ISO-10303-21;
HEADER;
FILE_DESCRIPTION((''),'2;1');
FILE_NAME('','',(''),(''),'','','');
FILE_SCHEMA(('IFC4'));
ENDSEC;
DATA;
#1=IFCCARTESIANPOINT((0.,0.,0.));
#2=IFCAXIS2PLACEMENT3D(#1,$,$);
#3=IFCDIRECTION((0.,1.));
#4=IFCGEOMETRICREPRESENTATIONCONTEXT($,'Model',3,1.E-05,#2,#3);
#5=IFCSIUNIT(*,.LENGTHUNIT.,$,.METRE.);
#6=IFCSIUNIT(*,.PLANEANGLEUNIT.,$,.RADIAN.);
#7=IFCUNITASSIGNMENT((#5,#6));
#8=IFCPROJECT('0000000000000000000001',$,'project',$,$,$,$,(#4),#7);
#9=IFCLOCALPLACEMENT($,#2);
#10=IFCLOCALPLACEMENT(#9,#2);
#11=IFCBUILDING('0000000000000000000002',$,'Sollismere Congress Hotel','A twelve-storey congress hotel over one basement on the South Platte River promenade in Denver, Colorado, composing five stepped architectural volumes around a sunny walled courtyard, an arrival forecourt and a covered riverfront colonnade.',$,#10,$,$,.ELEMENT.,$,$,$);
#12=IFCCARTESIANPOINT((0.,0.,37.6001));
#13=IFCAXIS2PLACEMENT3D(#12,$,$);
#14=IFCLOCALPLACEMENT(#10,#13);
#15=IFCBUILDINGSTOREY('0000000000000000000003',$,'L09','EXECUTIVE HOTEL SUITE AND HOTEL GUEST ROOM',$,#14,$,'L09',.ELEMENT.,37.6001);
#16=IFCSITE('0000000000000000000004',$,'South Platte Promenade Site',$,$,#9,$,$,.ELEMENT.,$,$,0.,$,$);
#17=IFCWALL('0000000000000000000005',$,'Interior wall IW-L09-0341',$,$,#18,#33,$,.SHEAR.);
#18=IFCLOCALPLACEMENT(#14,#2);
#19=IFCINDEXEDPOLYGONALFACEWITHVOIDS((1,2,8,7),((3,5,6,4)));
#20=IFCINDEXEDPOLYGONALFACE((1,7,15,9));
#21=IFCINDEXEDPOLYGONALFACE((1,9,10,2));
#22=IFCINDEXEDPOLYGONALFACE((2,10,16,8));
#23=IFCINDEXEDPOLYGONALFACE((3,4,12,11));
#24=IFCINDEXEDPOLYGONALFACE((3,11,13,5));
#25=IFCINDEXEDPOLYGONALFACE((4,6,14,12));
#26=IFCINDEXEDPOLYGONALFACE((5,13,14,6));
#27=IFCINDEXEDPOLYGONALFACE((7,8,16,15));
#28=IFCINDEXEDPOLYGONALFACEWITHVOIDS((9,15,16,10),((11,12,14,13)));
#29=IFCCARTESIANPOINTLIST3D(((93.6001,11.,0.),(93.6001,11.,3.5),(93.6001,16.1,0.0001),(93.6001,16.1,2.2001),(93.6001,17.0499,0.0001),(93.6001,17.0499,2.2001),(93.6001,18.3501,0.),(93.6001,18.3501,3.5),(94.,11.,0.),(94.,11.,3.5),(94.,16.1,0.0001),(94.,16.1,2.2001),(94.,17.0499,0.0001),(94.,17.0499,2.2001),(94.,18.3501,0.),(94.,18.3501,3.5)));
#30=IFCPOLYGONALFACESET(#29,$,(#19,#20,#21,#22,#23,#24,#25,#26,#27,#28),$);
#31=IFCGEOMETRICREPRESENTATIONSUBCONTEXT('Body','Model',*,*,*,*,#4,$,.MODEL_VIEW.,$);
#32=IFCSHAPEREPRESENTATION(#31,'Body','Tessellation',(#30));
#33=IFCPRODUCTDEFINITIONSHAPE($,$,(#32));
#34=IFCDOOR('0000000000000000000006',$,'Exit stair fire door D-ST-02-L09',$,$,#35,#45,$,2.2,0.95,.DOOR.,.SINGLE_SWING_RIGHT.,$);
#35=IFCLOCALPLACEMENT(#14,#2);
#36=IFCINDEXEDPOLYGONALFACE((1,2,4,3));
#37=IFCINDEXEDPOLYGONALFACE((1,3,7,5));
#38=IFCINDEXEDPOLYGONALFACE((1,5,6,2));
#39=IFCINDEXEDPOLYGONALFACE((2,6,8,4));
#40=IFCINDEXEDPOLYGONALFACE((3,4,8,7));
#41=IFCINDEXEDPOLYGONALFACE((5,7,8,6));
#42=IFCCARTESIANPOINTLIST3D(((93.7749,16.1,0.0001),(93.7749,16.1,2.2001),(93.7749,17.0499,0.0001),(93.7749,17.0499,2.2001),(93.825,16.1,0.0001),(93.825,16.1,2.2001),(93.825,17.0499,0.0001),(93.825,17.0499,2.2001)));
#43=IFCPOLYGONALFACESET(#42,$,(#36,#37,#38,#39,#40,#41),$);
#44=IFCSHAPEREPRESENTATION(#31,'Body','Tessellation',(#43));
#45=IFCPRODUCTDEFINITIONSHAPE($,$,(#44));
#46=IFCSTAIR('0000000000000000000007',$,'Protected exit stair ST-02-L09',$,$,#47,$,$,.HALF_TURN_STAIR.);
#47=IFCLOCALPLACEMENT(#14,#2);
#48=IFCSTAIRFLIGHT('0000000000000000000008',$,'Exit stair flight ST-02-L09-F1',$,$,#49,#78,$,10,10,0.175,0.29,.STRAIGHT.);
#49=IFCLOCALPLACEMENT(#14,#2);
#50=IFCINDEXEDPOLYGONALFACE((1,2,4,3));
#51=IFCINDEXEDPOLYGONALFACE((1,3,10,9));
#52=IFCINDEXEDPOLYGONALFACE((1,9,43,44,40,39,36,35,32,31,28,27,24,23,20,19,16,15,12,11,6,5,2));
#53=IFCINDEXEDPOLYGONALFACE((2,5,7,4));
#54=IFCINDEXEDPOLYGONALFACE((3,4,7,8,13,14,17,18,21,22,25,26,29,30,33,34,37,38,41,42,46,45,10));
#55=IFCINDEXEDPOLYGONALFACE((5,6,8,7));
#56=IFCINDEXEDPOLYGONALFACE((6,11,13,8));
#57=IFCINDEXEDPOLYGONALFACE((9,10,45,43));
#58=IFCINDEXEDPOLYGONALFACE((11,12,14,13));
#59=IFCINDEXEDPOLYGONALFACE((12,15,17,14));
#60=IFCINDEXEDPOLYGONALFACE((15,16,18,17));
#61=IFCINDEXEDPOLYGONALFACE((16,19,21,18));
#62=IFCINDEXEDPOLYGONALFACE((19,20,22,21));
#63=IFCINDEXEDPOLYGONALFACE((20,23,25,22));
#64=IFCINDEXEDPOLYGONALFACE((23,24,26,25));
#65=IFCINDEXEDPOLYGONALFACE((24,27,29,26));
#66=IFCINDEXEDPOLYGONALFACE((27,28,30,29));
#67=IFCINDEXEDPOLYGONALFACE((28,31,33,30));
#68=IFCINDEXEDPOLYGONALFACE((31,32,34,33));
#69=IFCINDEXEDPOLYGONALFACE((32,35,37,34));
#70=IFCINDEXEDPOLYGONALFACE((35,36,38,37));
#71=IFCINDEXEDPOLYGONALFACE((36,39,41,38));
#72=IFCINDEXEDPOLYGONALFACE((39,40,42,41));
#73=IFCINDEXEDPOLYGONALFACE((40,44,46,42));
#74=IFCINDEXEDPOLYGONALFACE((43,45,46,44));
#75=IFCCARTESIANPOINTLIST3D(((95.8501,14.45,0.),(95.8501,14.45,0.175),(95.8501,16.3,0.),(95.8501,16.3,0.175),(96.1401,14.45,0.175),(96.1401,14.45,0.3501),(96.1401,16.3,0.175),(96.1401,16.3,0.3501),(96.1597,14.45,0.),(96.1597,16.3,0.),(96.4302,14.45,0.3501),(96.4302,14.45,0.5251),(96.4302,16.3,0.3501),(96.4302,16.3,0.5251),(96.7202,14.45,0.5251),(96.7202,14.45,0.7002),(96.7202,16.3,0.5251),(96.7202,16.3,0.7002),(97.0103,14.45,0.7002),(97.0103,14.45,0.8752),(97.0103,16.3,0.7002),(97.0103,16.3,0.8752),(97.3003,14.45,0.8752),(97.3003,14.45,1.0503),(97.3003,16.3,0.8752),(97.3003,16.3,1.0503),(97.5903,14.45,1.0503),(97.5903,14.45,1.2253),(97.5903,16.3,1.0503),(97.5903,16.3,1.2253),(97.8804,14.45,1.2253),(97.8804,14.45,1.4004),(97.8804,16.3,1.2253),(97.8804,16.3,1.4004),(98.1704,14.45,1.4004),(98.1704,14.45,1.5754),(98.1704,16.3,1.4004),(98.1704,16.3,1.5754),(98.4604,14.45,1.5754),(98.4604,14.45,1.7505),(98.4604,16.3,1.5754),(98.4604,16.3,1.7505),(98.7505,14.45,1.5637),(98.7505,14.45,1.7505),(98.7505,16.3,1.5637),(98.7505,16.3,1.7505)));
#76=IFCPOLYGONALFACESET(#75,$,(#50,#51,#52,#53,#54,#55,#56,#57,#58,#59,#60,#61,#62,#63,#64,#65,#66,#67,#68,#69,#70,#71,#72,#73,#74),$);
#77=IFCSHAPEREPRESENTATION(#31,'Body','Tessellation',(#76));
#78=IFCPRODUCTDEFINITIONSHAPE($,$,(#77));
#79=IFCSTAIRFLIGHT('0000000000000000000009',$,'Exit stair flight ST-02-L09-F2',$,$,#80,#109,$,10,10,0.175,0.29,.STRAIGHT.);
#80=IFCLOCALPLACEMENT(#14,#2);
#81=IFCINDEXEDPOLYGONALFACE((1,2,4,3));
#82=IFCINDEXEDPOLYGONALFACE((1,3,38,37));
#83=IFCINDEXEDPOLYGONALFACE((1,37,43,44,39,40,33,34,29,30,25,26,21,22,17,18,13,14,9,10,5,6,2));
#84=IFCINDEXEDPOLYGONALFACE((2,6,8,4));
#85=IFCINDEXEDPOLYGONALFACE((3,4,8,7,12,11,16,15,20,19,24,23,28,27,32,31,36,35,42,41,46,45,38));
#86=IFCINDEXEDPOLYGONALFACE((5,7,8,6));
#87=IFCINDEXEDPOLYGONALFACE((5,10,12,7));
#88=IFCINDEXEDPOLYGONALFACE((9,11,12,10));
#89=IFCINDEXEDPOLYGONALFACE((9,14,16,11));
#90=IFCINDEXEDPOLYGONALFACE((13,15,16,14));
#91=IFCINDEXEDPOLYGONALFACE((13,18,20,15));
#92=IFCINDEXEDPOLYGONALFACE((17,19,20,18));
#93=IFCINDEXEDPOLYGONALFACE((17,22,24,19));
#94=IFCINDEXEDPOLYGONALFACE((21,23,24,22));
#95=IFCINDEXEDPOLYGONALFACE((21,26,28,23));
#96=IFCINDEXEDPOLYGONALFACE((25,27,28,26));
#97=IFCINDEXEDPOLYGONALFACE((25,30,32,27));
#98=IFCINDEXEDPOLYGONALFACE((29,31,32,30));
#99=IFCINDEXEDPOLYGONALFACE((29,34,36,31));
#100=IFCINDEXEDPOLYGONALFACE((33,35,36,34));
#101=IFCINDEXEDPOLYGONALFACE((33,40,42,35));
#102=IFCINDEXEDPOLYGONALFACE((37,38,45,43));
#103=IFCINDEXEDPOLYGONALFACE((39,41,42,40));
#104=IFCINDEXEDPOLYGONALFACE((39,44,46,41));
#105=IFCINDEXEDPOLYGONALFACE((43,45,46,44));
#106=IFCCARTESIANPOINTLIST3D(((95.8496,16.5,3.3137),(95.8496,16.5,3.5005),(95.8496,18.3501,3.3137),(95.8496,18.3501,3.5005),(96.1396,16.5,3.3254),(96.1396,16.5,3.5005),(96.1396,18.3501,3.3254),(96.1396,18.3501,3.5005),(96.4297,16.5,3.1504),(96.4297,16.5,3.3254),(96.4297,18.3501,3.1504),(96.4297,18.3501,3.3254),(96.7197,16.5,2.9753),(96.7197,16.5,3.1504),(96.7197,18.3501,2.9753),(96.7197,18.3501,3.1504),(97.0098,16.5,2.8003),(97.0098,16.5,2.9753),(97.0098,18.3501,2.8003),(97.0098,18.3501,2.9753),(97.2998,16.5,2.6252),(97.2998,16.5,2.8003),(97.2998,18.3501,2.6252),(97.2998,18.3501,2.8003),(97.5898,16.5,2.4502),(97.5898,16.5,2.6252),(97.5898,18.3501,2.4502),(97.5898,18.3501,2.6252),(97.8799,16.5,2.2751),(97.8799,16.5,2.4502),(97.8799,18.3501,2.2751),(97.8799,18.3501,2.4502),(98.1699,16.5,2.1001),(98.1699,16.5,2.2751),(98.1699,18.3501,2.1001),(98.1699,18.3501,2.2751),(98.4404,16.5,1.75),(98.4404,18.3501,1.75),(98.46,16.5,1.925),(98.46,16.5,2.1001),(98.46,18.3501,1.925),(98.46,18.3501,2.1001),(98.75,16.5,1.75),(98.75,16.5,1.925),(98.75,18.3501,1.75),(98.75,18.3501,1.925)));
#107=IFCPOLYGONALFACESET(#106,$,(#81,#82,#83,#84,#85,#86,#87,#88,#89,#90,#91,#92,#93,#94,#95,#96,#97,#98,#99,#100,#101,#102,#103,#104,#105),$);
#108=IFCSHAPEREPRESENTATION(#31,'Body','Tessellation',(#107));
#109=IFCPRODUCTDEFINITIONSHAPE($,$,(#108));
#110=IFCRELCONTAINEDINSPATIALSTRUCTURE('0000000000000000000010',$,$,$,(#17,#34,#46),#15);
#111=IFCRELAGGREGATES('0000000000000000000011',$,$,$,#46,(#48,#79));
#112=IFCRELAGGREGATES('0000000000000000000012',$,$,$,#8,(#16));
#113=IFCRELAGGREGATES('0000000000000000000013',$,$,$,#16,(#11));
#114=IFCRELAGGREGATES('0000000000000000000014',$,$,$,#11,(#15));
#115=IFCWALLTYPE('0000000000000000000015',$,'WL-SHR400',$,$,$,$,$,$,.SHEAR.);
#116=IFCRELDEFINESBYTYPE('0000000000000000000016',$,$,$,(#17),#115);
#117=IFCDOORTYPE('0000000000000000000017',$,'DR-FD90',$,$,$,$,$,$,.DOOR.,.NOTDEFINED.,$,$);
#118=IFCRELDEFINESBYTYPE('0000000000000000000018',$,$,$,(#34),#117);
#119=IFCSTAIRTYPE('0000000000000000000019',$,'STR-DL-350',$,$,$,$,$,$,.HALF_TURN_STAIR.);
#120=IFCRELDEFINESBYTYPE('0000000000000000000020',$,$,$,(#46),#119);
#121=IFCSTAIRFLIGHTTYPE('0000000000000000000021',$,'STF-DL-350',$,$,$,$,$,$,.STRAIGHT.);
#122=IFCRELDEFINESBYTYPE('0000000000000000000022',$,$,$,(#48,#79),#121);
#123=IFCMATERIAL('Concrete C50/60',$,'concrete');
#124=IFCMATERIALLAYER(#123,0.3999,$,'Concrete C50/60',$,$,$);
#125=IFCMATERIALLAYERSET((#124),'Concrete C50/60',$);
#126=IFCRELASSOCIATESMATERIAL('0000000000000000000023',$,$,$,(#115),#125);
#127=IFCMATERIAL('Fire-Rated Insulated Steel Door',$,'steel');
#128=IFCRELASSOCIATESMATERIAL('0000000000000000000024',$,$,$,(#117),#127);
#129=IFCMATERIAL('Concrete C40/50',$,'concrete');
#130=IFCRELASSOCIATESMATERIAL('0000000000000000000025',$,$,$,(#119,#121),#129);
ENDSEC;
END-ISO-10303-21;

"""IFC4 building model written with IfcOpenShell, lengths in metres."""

from ifc_helpers import new_model, si_unit, direction, frame, frame_2d, origin, place, context, subcontext, project, spatial, polyline, rectangle, outline, extrude, material, layer, layer_set, type_object, element, fill, aggregate, save


model = new_model("IFC4")

# Units and contexts
model_context = context("Model", 3, precision=1e-05, world=origin(), true_north=direction((0.0, 1.0)))
body_context = subcontext(model_context, "Body", "Model", "MODEL_VIEW")
ifc_project = project(units=[si_unit("LENGTHUNIT", "METRE"), si_unit("PLANEANGLEUNIT", "RADIAN")], contexts=[model_context])

# Site, building, storey
site_placement = place(None, origin())
site = spatial("IfcSite", under=ifc_project, at=site_placement, Name="South Platte Promenade Site", CompositionType="ELEMENT", RefElevation=0.0)
building_placement = place(site_placement, origin())
building = spatial("IfcBuilding", under=site, at=building_placement, Name="Sollismere Congress Hotel", Description="A twelve-storey congress hotel over one basement on the South Platte River promenade in Denver, Colorado, composing five stepped architectural volumes around a sunny walled courtyard, an arrival forecourt and a covered riverfront colonnade.", CompositionType="ELEMENT")
storey_placement = place(building_placement, frame((0.0, 0.0, 37.6001)))
storey = spatial("IfcBuildingStorey", under=building, at=storey_placement, Name="L09", Description="EXECUTIVE HOTEL SUITE AND HOTEL GUEST ROOM", LongName="L09", CompositionType="ELEMENT", Elevation=37.6001)

# Shared definitions
ifc_material_1 = material(Name="Concrete C50/60", Category="concrete")

# Wall, opening, door
ifc_layer_1 = layer(ifc_material_1, 0.3999, Name="Concrete C50/60")
ifc_layer_set_1 = layer_set([ifc_layer_1], Name="Concrete C50/60")
wall_type_1 = type_object("IfcWallType", Name="WL-SHR400", PredefinedType="SHEAR", material=ifc_layer_set_1)
wall_1_placement = place(storey_placement, frame((93.8, 18.3501, 0.0), z_axis=(0.0, 0.0, 1.0), x_axis=(0.0, -1.0, 0.0)))
wall_1 = element("IfcWall", 1, at=wall_1_placement, inside=storey, type_object=wall_type_1, Name="Interior wall IW-L09-0341", PredefinedType="SHEAR", context=body_context, shape_type="SweptSolid", body=[
    extrude(rectangle(XDim=7.3501, YDim=0.3999, at=frame_2d((3.675, 0.0))), origin(), (0.0, 0.0, 1.0), 3.5),
])
opening_1_placement = place(wall_1_placement, frame((1.3, 0.0, 0.0)))
opening_1 = element("IfcOpeningElement", 2, at=opening_1_placement, cuts=wall_1, PredefinedType="OPENING", context=body_context, shape_type="SweptSolid", body=[
    extrude(rectangle(XDim=0.95, YDim=2.2, at=frame_2d((0.4751, 1.1001))), frame((0.0, 0.21, 0.0), z_axis=(0.0, -1.0, 0.0), x_axis=(1.0, 0.0, 0.0)), (0.0, 0.0, 1.0), 0.4199),
])
ifc_material_2 = material(Name="Fire-Rated Insulated Steel Door", Category="steel")
door_type_1 = type_object("IfcDoorType", Name="DR-FD90", OperationType="NOTDEFINED", PredefinedType="DOOR", material=ifc_material_2)
door_1_placement = place(opening_1_placement, origin())
door_1 = element("IfcDoor", 3, at=door_1_placement, inside=storey, type_object=door_type_1, Name="Exit stair fire door D-ST-02-L09", OperationType="SINGLE_SWING_RIGHT", OverallHeight=2.2, OverallWidth=0.95, PredefinedType="DOOR", context=body_context, shape_type="SweptSolid", body=[
    extrude(rectangle(XDim=0.95, YDim=2.2, at=frame_2d((0.4751, 1.1001))), frame((0.0, 0.0249, 0.0), z_axis=(0.0, -1.0, 0.0), x_axis=(1.0, 0.0, 0.0)), (0.0, 0.0, 1.0), 0.05),
])
fill(opening_1, door_1)

# Stair, stair flights
ifc_material_3 = material(Name="Concrete C40/50", Category="concrete")
stair_type = type_object("IfcStairType", Name="STR-DL-350", PredefinedType="HALF_TURN_STAIR", material=ifc_material_3)
stair_placement = place(storey_placement, origin())
stair = element("IfcStair", 4, at=stair_placement, inside=storey, type_object=stair_type, Name="Protected exit stair ST-02-L09", PredefinedType="HALF_TURN_STAIR")
stair_flight_type = type_object("IfcStairFlightType", Name="STF-DL-350", PredefinedType="STRAIGHT", material=ifc_material_3)
stair_flight_1_placement = place(storey_placement, frame((95.8501, 15.375, 0.0), z_axis=(0.0, 0.0, 1.0), x_axis=(1.0, 0.0, 0.0)))
stair_flight_1 = element("IfcStairFlight", 5, at=stair_flight_1_placement, type_object=stair_flight_type, Name="Exit stair flight ST-02-L09-F1", NumberOfRisers=10, NumberOfTreads=10, PredefinedType="STRAIGHT", RiserHeight=0.175, TreadLength=0.29, context=body_context, shape_type="SweptSolid", body=[
    extrude(outline(polyline([(0.0, 0.0), (0.0, 0.175), (0.29, 0.175), (0.29, 0.3501), (0.5801, 0.3501), (0.5801, 0.5251), (0.8701, 0.5251), (0.8701, 0.7002), (1.1602, 0.7002), (1.1602, 0.8752), (1.4502, 0.8752), (1.4502, 1.0503), (1.7402, 1.0503), (1.7402, 1.2253), (2.0303, 1.2253), (2.0303, 1.4004), (2.3203, 1.4004), (2.3203, 1.5754), (2.6104, 1.5754), (2.6104, 1.7505), (2.9004, 1.7505), (2.9004, 1.5637), (0.3096, 0.0), (0.0, 0.0)])), frame((0.0, 0.925, 0.0), z_axis=(0.0, -1.0, 0.0), x_axis=(1.0, 0.0, 0.0)), (0.0, 0.0, 1.0), 1.8501),
])
stair_flight_2_placement = place(storey_placement, frame((98.75, 17.425, 1.75), z_axis=(0.0, 0.0, 1.0), x_axis=(-1.0, 0.0, 0.0)))
stair_flight_2 = element("IfcStairFlight", 6, at=stair_flight_2_placement, type_object=stair_flight_type, Name="Exit stair flight ST-02-L09-F2", NumberOfRisers=10, NumberOfTreads=10, PredefinedType="STRAIGHT", RiserHeight=0.175, TreadLength=0.29, context=body_context, shape_type="SweptSolid", body=[
    extrude(outline(polyline([(0.0, 0.0), (0.0, 0.175), (0.29, 0.175), (0.29, 0.3501), (0.5801, 0.3501), (0.5801, 0.5251), (0.8701, 0.5251), (0.8701, 0.7002), (1.1602, 0.7002), (1.1602, 0.8752), (1.4502, 0.8752), (1.4502, 1.0503), (1.7402, 1.0503), (1.7402, 1.2253), (2.0303, 1.2253), (2.0303, 1.4004), (2.3203, 1.4004), (2.3203, 1.5754), (2.6104, 1.5754), (2.6104, 1.7505), (2.9004, 1.7505), (2.9004, 1.5637), (0.3096, 0.0), (0.0, 0.0)])), frame((0.0, 0.925, 0.0), z_axis=(0.0, -1.0, 0.0), x_axis=(1.0, 0.0, 0.0)), (0.0, 0.0, 1.0), 1.8501),
])
aggregate(stair, [stair_flight_1, stair_flight_2])

save(model, "model.ifc")
